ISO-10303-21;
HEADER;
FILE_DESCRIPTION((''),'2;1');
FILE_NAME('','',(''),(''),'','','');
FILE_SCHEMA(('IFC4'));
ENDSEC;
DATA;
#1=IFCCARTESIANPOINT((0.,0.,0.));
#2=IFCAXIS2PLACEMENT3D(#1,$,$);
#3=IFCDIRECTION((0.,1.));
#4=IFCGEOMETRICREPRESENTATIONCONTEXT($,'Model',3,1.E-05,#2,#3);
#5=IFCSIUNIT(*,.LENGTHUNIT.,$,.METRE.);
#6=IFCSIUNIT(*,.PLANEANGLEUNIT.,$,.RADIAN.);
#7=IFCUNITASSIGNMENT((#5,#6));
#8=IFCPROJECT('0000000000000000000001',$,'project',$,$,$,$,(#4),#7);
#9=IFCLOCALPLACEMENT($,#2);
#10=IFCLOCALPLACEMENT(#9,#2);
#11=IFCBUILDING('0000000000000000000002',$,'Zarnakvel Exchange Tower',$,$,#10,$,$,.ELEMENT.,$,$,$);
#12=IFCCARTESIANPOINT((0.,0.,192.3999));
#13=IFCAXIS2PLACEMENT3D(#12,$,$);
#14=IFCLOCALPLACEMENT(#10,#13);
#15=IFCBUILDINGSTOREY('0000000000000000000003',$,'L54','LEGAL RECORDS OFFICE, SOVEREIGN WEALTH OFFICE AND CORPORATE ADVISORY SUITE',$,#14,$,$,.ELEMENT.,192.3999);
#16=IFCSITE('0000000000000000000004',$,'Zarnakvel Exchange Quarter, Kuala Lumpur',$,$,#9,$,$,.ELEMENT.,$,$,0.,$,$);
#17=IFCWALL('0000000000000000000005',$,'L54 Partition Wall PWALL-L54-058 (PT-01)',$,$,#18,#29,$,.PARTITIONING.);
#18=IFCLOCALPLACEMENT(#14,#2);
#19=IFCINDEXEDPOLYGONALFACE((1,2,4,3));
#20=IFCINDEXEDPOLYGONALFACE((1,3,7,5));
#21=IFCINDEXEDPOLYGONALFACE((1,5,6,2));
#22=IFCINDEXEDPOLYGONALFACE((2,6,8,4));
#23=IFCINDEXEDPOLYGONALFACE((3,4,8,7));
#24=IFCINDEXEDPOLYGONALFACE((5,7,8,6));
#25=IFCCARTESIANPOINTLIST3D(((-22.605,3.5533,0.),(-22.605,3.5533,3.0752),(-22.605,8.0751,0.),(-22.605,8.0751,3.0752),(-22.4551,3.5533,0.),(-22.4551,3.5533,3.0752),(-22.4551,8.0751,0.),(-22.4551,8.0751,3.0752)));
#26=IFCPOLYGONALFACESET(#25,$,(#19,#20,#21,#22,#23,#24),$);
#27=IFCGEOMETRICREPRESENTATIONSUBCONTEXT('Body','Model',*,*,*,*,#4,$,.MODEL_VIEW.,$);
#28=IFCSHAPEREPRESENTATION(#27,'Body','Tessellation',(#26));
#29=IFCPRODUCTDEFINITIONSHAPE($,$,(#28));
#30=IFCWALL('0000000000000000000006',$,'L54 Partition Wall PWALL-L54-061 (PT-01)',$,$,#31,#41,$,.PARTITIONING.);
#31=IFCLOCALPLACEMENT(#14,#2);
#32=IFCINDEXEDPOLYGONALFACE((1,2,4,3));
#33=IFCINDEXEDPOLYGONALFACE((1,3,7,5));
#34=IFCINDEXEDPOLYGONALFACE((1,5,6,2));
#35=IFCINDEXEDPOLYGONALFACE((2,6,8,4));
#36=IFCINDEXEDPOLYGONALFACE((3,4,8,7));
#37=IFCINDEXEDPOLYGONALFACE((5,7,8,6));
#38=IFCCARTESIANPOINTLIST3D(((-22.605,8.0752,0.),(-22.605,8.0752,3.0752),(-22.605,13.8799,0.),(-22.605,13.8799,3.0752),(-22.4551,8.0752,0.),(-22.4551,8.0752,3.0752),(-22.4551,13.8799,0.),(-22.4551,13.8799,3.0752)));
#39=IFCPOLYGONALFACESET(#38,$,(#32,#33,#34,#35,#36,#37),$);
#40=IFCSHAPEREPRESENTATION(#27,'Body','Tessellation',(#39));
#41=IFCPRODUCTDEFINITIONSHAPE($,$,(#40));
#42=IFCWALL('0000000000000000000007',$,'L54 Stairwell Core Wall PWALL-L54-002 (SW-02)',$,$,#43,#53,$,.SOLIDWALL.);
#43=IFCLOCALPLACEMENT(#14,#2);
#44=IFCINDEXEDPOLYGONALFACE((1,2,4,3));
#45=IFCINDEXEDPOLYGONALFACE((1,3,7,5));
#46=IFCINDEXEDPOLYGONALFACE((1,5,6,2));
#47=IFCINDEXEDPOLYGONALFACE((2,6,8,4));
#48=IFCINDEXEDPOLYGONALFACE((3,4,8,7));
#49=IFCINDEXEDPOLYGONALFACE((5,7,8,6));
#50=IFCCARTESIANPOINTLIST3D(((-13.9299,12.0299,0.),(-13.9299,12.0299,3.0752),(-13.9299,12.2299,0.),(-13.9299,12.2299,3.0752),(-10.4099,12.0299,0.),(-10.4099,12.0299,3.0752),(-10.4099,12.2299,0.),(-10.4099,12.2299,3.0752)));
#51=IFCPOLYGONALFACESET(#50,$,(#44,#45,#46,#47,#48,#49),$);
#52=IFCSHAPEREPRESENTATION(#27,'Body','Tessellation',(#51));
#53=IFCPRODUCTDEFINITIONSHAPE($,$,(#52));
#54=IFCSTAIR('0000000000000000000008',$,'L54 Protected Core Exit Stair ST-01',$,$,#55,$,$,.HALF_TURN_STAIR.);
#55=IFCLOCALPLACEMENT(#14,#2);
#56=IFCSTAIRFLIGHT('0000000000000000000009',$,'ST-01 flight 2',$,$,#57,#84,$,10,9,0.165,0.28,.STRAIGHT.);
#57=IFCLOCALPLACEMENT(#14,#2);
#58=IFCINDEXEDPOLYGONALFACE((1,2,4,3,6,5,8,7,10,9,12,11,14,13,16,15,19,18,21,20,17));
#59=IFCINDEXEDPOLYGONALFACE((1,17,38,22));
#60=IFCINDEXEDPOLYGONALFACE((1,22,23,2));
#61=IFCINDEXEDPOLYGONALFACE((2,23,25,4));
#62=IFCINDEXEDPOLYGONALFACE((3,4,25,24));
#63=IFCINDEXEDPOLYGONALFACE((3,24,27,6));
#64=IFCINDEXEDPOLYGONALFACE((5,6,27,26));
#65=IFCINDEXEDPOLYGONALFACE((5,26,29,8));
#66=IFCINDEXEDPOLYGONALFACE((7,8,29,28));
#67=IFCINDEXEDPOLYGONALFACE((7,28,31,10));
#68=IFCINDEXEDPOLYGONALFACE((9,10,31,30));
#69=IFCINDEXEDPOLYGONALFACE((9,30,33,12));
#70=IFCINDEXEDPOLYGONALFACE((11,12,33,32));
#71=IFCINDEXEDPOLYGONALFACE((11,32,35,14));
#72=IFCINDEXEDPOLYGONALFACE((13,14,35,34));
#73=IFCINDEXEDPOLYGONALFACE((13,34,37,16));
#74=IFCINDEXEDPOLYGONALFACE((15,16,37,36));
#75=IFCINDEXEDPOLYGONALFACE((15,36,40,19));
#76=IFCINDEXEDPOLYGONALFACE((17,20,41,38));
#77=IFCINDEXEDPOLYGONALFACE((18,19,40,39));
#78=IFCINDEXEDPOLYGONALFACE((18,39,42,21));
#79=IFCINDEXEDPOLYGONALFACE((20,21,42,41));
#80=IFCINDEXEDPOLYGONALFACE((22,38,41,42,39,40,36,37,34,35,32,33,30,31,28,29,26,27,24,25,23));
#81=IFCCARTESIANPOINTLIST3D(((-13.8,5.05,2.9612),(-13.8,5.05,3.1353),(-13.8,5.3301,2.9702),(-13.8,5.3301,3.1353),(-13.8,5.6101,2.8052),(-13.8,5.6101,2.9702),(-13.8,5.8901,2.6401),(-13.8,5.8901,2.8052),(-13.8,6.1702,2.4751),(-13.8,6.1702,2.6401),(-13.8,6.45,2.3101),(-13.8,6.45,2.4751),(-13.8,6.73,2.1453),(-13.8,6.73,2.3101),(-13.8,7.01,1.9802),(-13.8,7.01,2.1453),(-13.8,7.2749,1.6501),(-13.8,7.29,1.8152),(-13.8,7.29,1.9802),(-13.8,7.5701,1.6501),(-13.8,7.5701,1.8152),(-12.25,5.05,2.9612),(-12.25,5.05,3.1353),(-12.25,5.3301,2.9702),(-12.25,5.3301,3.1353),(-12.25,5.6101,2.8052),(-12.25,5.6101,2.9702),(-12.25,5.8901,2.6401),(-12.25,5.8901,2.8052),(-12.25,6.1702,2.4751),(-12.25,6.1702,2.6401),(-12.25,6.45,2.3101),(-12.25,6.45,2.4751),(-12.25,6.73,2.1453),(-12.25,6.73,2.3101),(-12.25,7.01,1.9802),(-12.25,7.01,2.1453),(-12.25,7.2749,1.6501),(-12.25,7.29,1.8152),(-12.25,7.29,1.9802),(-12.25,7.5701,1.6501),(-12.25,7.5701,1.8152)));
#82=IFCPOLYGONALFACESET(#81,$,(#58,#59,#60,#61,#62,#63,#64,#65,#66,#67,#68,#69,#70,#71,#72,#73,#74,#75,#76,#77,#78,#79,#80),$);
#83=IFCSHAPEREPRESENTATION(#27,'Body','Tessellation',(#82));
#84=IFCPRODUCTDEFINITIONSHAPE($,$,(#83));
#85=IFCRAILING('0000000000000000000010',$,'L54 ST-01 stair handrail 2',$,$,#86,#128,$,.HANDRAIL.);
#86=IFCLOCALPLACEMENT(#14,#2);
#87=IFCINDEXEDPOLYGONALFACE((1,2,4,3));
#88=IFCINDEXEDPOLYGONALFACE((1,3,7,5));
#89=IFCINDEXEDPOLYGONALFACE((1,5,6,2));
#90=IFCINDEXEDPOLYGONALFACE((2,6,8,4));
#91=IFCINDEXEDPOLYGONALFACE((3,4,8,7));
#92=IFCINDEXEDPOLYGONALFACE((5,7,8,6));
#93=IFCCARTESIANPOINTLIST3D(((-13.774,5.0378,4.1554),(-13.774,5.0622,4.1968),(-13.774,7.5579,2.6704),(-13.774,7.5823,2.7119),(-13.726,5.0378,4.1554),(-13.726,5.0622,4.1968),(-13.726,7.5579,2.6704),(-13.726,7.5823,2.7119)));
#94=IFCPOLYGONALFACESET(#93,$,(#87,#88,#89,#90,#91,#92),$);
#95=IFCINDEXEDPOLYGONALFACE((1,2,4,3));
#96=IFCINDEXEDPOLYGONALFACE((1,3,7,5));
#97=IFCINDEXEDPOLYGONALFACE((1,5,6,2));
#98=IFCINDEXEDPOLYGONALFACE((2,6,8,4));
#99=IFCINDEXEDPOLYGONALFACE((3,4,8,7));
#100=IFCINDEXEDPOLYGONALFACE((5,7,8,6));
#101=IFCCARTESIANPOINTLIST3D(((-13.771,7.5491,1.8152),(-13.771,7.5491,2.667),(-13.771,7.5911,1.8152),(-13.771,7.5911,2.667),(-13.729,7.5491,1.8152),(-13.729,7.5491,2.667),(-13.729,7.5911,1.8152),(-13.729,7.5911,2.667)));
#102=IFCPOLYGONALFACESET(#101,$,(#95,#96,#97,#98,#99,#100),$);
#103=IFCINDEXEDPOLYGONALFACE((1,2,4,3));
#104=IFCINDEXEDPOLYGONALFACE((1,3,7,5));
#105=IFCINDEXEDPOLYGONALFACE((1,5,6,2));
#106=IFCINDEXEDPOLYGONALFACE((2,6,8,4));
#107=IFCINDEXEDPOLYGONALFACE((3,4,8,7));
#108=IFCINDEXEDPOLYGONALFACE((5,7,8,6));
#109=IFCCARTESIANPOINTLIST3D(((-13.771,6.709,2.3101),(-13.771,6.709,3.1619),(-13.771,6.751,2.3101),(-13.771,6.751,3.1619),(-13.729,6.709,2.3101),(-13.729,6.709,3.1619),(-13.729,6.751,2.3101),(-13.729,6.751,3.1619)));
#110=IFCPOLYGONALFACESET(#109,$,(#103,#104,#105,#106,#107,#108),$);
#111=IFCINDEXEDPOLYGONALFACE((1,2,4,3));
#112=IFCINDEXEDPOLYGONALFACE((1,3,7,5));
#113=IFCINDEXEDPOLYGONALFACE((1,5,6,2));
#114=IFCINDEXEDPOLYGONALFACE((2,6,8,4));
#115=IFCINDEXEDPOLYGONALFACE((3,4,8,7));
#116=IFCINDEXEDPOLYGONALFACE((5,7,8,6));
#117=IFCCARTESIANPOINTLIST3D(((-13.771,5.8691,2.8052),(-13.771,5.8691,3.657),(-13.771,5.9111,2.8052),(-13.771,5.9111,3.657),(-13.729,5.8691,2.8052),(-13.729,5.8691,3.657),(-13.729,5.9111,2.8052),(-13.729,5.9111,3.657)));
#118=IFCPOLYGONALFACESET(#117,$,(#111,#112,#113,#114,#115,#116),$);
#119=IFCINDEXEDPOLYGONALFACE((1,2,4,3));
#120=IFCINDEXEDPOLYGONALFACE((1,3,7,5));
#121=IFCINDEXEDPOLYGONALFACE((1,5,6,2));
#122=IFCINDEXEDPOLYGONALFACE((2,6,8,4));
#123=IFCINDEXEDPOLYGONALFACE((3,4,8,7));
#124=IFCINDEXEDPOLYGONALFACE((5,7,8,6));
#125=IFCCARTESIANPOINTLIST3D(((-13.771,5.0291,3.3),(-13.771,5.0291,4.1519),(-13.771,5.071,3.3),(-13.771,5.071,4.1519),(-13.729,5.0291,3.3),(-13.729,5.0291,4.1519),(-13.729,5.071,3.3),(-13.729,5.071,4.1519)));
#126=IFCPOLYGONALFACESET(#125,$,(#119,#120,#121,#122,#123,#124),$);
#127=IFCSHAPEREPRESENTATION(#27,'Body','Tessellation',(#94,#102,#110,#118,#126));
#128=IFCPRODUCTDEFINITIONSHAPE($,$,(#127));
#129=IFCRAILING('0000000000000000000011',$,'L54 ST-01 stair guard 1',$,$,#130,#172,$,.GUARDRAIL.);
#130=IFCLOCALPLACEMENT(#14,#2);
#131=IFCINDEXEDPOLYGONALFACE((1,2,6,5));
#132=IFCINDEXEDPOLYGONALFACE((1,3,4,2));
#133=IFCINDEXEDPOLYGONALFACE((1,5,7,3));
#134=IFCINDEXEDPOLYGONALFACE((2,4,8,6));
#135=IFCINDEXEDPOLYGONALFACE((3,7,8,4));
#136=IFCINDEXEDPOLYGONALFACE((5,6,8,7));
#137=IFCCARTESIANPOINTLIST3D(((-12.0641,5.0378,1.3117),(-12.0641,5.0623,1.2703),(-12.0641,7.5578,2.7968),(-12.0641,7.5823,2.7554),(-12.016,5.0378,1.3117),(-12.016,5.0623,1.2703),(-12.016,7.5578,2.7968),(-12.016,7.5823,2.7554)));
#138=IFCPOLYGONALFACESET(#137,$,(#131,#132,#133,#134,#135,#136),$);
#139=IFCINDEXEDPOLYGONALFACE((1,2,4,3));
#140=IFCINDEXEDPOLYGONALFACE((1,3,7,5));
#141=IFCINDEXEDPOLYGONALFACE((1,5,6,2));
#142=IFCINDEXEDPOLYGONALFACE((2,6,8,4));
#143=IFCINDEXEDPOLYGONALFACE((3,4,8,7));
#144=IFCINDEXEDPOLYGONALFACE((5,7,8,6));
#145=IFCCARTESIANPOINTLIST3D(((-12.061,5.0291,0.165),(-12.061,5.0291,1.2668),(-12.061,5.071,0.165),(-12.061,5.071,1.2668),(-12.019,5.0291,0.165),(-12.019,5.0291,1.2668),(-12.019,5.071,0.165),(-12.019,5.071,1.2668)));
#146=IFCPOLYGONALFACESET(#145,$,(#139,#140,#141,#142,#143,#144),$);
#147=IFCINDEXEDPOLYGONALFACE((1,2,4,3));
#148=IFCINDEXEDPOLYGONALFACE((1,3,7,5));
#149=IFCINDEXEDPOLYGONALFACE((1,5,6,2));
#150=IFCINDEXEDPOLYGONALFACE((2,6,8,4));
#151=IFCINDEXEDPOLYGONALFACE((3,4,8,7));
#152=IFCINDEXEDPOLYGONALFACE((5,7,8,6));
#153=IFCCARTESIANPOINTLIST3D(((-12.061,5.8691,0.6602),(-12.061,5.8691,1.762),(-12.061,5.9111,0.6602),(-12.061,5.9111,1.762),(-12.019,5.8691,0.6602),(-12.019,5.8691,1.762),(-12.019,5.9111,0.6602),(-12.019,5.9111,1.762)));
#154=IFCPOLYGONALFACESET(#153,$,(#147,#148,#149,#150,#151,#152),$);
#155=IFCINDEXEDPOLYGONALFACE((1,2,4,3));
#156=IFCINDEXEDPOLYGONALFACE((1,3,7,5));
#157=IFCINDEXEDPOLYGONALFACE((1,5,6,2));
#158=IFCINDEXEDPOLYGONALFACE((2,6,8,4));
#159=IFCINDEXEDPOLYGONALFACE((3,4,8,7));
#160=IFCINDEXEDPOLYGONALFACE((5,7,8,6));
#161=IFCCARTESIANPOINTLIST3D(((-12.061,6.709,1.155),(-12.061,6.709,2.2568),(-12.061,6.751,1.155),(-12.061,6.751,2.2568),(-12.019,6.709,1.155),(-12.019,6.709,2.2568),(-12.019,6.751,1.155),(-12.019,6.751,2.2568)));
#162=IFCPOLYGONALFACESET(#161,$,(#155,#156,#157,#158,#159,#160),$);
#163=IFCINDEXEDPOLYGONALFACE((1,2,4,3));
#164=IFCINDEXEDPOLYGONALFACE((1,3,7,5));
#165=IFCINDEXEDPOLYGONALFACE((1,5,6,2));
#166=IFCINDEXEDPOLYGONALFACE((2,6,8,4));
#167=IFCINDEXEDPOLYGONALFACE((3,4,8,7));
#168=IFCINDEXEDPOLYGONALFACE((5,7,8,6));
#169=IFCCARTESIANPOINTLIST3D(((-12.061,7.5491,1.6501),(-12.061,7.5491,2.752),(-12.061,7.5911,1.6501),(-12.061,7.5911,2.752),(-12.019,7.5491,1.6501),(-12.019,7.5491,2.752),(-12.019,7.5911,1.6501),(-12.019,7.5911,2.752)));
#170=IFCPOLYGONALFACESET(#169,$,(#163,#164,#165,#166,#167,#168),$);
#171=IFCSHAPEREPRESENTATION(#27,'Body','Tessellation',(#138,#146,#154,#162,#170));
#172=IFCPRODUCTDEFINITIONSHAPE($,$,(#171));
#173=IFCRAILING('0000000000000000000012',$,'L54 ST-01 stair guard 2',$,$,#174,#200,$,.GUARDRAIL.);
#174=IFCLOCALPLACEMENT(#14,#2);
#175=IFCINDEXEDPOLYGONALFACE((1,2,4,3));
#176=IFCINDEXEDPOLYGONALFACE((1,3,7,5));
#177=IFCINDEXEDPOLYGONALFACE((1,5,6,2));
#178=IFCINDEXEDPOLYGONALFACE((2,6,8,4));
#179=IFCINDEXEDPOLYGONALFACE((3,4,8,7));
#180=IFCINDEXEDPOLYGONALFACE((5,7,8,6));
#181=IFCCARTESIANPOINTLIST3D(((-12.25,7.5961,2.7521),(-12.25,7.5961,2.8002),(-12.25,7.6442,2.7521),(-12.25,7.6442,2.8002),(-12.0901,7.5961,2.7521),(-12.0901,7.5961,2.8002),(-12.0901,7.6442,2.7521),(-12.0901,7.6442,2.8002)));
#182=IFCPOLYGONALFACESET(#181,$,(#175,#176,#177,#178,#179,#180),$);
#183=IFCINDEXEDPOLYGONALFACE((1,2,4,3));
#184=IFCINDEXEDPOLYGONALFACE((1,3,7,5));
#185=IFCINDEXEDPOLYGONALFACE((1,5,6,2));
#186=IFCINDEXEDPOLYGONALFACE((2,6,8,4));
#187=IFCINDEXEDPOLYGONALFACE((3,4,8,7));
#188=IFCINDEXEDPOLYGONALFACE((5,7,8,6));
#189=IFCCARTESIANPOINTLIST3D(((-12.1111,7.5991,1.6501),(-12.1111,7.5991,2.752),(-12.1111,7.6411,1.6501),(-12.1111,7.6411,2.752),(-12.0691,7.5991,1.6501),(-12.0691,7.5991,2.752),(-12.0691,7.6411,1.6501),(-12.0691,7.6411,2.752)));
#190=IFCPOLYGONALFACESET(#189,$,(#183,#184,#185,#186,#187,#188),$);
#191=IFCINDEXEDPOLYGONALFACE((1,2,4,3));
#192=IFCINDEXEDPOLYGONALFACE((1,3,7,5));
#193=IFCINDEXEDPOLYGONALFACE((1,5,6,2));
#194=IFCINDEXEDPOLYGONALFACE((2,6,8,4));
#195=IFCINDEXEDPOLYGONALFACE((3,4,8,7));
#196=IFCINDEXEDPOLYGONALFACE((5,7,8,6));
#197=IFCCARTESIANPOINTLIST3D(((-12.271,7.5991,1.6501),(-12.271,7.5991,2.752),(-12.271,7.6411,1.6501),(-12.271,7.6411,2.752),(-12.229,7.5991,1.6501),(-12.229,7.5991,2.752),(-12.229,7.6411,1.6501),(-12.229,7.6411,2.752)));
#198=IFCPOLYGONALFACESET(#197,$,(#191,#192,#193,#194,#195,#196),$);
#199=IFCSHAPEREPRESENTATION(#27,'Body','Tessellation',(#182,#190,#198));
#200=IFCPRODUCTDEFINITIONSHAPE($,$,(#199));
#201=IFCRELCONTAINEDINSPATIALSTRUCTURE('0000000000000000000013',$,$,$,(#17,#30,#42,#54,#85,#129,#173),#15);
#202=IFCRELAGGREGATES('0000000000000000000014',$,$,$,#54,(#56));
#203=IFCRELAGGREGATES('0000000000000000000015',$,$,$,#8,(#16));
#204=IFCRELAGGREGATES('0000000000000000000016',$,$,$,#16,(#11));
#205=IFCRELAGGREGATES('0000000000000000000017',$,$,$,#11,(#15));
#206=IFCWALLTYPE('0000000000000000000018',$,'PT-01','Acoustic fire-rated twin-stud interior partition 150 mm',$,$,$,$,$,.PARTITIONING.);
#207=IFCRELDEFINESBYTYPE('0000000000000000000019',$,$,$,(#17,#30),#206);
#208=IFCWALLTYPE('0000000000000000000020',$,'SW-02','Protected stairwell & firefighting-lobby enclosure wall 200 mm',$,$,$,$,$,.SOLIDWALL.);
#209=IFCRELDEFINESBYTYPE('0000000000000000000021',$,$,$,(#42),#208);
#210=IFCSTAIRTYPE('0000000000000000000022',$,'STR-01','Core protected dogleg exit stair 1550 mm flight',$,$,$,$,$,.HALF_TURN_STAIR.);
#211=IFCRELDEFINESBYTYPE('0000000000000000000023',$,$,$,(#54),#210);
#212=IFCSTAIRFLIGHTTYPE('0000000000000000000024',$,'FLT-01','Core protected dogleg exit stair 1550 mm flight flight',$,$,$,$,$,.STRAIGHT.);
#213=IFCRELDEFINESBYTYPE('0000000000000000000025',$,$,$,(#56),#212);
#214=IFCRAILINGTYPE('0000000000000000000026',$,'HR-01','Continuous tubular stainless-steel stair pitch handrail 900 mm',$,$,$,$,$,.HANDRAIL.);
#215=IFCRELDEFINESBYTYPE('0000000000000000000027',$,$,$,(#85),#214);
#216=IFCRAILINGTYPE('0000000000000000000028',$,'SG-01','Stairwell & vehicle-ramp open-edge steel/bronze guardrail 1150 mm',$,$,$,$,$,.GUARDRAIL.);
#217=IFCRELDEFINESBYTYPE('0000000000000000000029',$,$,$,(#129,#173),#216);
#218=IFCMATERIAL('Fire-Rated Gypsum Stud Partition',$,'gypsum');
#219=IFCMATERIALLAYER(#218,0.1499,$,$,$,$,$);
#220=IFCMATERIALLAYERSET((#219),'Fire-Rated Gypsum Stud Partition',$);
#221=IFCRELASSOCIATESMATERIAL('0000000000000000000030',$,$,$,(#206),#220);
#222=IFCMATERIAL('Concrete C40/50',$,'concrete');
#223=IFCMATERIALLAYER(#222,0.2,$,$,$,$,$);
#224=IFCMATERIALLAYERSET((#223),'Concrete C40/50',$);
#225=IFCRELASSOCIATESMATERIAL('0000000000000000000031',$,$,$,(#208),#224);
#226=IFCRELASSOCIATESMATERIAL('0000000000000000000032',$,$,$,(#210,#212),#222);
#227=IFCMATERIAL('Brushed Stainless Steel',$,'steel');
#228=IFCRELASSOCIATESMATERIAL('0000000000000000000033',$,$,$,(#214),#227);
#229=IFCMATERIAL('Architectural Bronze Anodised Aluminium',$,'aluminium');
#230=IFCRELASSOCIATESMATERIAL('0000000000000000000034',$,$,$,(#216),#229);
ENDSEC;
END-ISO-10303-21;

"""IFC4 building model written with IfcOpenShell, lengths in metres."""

from ifc_helpers import new_model, si_unit, direction, frame, frame_2d, origin, origin_2d, place, context, subcontext, project, spatial, polyline, rectangle, outline, extrude, material, layer, layer_set, type_object, element, aggregate, save


model = new_model("IFC4")

# Units and contexts
model_context = context("Model", 3, precision=1e-05, world=origin(), true_north=direction((0.0, 1.0)))
body_context = subcontext(model_context, "Body", "Model", "MODEL_VIEW")
ifc_project = project(units=[si_unit("LENGTHUNIT", "METRE"), si_unit("PLANEANGLEUNIT", "RADIAN")], contexts=[model_context])

# Site, building, storey
site_placement = place(None, origin())
site = spatial("IfcSite", under=ifc_project, at=site_placement, Name="Zarnakvel Exchange Quarter, Kuala Lumpur", CompositionType="ELEMENT", RefElevation=0.0)
building_placement = place(site_placement, origin())
building = spatial("IfcBuilding", under=site, at=building_placement, Name="Zarnakvel Exchange Tower", CompositionType="ELEMENT")
storey_placement = place(building_placement, frame((0.0, 0.0, 192.3999)))
storey = spatial("IfcBuildingStorey", under=building, at=storey_placement, Name="L54", Description="LEGAL RECORDS OFFICE, SOVEREIGN WEALTH OFFICE AND CORPORATE ADVISORY SUITE", CompositionType="ELEMENT", Elevation=192.3999)

# Shared definitions
ifc_material_1 = material(Name="Architectural Bronze Anodised Aluminium", Category="aluminium")

# Shared definitions
ifc_material_2 = material(Name="Fire-Rated Gypsum Stud Partition", Category="gypsum")
ifc_layer_1 = layer(ifc_material_2, 0.1499)
ifc_layer_set_1 = layer_set([ifc_layer_1], Name="Fire-Rated Gypsum Stud Partition")
wall_type_1 = type_object("IfcWallType", Name="PT-01", Description="Acoustic fire-rated twin-stud interior partition 150 mm", PredefinedType="PARTITIONING", material=ifc_layer_set_1)

# Wall
wall_1_placement = place(storey_placement, frame((-22.53, 3.5535, 0.0), z_axis=(0.0, 0.0, 1.0), x_axis=(0.0, 1.0, 0.0)))
element("IfcWall", 1, at=wall_1_placement, inside=storey, type_object=wall_type_1, Name="L54 Partition Wall PWALL-L54-058 (PT-01)", PredefinedType="PARTITIONING", context=body_context, shape_type="SweptSolid", body=[
    extrude(rectangle(XDim=4.5217, YDim=0.1499, at=frame_2d((2.2607, 0.0))), origin(), (0.0, 0.0, 1.0), 3.0752),
])

# Walls
wall_2_placement = place(storey_placement, frame((-22.53, 8.0752, 0.0), z_axis=(0.0, 0.0, 1.0), x_axis=(0.0, 1.0, 0.0)))
element("IfcWall", 2, at=wall_2_placement, inside=storey, type_object=wall_type_1, Name="L54 Partition Wall PWALL-L54-061 (PT-01)", PredefinedType="PARTITIONING", context=body_context, shape_type="SweptSolid", body=[
    extrude(rectangle(XDim=5.8047, YDim=0.1499, at=frame_2d((2.9023, 0.0))), origin(), (0.0, 0.0, 1.0), 3.0752),
])
ifc_material_3 = material(Name="Concrete C40/50", Category="concrete")
ifc_layer_2 = layer(ifc_material_3, 0.2)
ifc_layer_set_2 = layer_set([ifc_layer_2], Name="Concrete C40/50")
wall_type_2 = type_object("IfcWallType", Name="SW-02", Description="Protected stairwell & firefighting-lobby enclosure wall 200 mm", PredefinedType="SOLIDWALL", material=ifc_layer_set_2)
wall_3_placement = place(storey_placement, frame((-13.9299, 12.1299, 0.0), z_axis=(0.0, 0.0, 1.0), x_axis=(1.0, 0.0, 0.0)))
element("IfcWall", 3, at=wall_3_placement, inside=storey, type_object=wall_type_2, Name="L54 Stairwell Core Wall PWALL-L54-002 (SW-02)", PredefinedType="SOLIDWALL", context=body_context, shape_type="SweptSolid", body=[
    extrude(rectangle(XDim=3.52, YDim=0.2, at=frame_2d((1.76, 0.0))), origin(), (0.0, 0.0, 1.0), 3.0752),
])

# Stair, stair flight
stair_type = type_object("IfcStairType", Name="STR-01", Description="Core protected dogleg exit stair 1550 mm flight", PredefinedType="HALF_TURN_STAIR", material=ifc_material_3)
stair_placement = place(storey_placement, origin())
stair = element("IfcStair", 4, at=stair_placement, inside=storey, type_object=stair_type, Name="L54 Protected Core Exit Stair ST-01", PredefinedType="HALF_TURN_STAIR")
stair_flight_type = type_object("IfcStairFlightType", Name="FLT-01", Description="Core protected dogleg exit stair 1550 mm flight flight", PredefinedType="STRAIGHT", material=ifc_material_3)
stair_flight_placement = place(storey_placement, frame((-13.0249, 7.5701, 1.6501), z_axis=(0.0, 0.0, 1.0), x_axis=(0.0, -1.0, 0.0)))
stair_flight = element("IfcStairFlight", 5, at=stair_flight_placement, type_object=stair_flight_type, Name="ST-01 flight 2", NumberOfRisers=10, NumberOfTreads=9, PredefinedType="STRAIGHT", RiserHeight=0.165, TreadLength=0.28, context=body_context, shape_type="SweptSolid", body=[
    extrude(outline(polyline([(0.0, 0.0), (0.0, 0.165), (0.28, 0.165), (0.28, 0.3301), (0.5601, 0.3301), (0.5601, 0.4951), (0.8401, 0.4951), (0.8401, 0.6599), (1.1201, 0.6599), (1.1201, 0.825), (1.3999, 0.825), (1.3999, 0.99), (1.6799, 0.99), (1.6799, 1.155), (1.96, 1.155), (1.96, 1.3201), (2.24, 1.3201), (2.24, 1.4851), (2.52, 1.4851), (2.52, 1.6499), (2.52, 1.311), (0.2952, 0.0), (0.0, 0.0)])), frame((0.0, 0.7749, 0.0), z_axis=(0.0, -1.0, 0.0), x_axis=(1.0, 0.0, 0.0)), (0.0, 0.0, 1.0), 1.55),
])
aggregate(stair, [stair_flight])

# Railings
ifc_material_4 = material(Name="Brushed Stainless Steel", Category="steel")
railing_type_1 = type_object("IfcRailingType", Name="HR-01", Description="Continuous tubular stainless-steel stair pitch handrail 900 mm", PredefinedType="HANDRAIL", material=ifc_material_4)
railing_1_placement = place(storey_placement, frame((-13.75, 7.5701, 1.8152)))
element("IfcRailing", 6, at=railing_1_placement, inside=storey, type_object=railing_type_1, Name="L54 ST-01 stair handrail 2", PredefinedType="HANDRAIL", context=body_context, shape_type="SweptSolid", body=[
    extrude(rectangle(XDim=0.0481, YDim=0.0481, at=origin_2d()), frame((0.0, 0.0, 0.876), z_axis=(0.0, -0.861561, 0.507655), x_axis=(1.0, 0.0, 0.0)), (0.0, 0.0, 1.0), 2.925),
    extrude(rectangle(XDim=0.042, YDim=0.042, at=origin_2d()), origin(), (0.0, 0.0, 1.0), 0.8518),
    extrude(rectangle(XDim=0.042, YDim=0.042, at=origin_2d()), frame((0.0, -0.8401, 0.4949)), (0.0, 0.0, 1.0), 0.8518),
    extrude(rectangle(XDim=0.042, YDim=0.042, at=origin_2d()), frame((0.0, -1.6799, 0.99)), (0.0, 0.0, 1.0), 0.8518),
    extrude(rectangle(XDim=0.042, YDim=0.042, at=origin_2d()), frame((0.0, -2.52, 1.4849)), (0.0, 0.0, 1.0), 0.8518),
])
railing_type_2 = type_object("IfcRailingType", Name="SG-01", Description="Stairwell & vehicle-ramp open-edge steel/bronze guardrail 1150 mm", PredefinedType="GUARDRAIL", material=ifc_material_1)
railing_2_placement = place(storey_placement, frame((-12.04, 5.05, 0.165)))
element("IfcRailing", 7, at=railing_2_placement, inside=storey, type_object=railing_type_2, Name="L54 ST-01 stair guard 1", PredefinedType="GUARDRAIL", context=body_context, shape_type="SweptSolid", body=[
    extrude(rectangle(XDim=0.0481, YDim=0.0481, at=origin_2d()), frame((0.0, 0.0, 1.126), z_axis=(0.0, 0.861524, 0.507717), x_axis=(-1.0, 0.0, 0.0)), (0.0, 0.0, 1.0), 2.925),
    extrude(rectangle(XDim=0.042, YDim=0.042, at=origin_2d()), origin(), (0.0, 0.0, 1.0), 1.1018),
    extrude(rectangle(XDim=0.042, YDim=0.042, at=origin_2d()), frame((0.0, 0.8401, 0.4951)), (0.0, 0.0, 1.0), 1.1018),
    extrude(rectangle(XDim=0.042, YDim=0.042, at=origin_2d()), frame((0.0, 1.6799, 0.99)), (0.0, 0.0, 1.0), 1.1018),
    extrude(rectangle(XDim=0.042, YDim=0.042, at=origin_2d()), frame((0.0, 2.52, 1.4851)), (0.0, 0.0, 1.0), 1.1018),
])
railing_3_placement = place(storey_placement, frame((-12.0901, 7.6201, 1.6501)))
element("IfcRailing", 8, at=railing_3_placement, inside=storey, type_object=railing_type_2, Name="L54 ST-01 stair guard 2", PredefinedType="GUARDRAIL", context=body_context, shape_type="SweptSolid", body=[
    extrude(rectangle(XDim=0.0481, YDim=0.0481, at=origin_2d()), frame((0.0, 0.0, 1.126), z_axis=(-1.0, 0.0, 0.0), x_axis=(0.0, -1.0, 0.0)), (0.0, 0.0, 1.0), 0.1599),
    extrude(rectangle(XDim=0.042, YDim=0.042, at=origin_2d()), origin(), (0.0, 0.0, 1.0), 1.1018),
    extrude(rectangle(XDim=0.042, YDim=0.042, at=origin_2d()), frame((-0.1599, 0.0, 0.0)), (0.0, 0.0, 1.0), 1.1018),
])

save(model, "model.ifc")
